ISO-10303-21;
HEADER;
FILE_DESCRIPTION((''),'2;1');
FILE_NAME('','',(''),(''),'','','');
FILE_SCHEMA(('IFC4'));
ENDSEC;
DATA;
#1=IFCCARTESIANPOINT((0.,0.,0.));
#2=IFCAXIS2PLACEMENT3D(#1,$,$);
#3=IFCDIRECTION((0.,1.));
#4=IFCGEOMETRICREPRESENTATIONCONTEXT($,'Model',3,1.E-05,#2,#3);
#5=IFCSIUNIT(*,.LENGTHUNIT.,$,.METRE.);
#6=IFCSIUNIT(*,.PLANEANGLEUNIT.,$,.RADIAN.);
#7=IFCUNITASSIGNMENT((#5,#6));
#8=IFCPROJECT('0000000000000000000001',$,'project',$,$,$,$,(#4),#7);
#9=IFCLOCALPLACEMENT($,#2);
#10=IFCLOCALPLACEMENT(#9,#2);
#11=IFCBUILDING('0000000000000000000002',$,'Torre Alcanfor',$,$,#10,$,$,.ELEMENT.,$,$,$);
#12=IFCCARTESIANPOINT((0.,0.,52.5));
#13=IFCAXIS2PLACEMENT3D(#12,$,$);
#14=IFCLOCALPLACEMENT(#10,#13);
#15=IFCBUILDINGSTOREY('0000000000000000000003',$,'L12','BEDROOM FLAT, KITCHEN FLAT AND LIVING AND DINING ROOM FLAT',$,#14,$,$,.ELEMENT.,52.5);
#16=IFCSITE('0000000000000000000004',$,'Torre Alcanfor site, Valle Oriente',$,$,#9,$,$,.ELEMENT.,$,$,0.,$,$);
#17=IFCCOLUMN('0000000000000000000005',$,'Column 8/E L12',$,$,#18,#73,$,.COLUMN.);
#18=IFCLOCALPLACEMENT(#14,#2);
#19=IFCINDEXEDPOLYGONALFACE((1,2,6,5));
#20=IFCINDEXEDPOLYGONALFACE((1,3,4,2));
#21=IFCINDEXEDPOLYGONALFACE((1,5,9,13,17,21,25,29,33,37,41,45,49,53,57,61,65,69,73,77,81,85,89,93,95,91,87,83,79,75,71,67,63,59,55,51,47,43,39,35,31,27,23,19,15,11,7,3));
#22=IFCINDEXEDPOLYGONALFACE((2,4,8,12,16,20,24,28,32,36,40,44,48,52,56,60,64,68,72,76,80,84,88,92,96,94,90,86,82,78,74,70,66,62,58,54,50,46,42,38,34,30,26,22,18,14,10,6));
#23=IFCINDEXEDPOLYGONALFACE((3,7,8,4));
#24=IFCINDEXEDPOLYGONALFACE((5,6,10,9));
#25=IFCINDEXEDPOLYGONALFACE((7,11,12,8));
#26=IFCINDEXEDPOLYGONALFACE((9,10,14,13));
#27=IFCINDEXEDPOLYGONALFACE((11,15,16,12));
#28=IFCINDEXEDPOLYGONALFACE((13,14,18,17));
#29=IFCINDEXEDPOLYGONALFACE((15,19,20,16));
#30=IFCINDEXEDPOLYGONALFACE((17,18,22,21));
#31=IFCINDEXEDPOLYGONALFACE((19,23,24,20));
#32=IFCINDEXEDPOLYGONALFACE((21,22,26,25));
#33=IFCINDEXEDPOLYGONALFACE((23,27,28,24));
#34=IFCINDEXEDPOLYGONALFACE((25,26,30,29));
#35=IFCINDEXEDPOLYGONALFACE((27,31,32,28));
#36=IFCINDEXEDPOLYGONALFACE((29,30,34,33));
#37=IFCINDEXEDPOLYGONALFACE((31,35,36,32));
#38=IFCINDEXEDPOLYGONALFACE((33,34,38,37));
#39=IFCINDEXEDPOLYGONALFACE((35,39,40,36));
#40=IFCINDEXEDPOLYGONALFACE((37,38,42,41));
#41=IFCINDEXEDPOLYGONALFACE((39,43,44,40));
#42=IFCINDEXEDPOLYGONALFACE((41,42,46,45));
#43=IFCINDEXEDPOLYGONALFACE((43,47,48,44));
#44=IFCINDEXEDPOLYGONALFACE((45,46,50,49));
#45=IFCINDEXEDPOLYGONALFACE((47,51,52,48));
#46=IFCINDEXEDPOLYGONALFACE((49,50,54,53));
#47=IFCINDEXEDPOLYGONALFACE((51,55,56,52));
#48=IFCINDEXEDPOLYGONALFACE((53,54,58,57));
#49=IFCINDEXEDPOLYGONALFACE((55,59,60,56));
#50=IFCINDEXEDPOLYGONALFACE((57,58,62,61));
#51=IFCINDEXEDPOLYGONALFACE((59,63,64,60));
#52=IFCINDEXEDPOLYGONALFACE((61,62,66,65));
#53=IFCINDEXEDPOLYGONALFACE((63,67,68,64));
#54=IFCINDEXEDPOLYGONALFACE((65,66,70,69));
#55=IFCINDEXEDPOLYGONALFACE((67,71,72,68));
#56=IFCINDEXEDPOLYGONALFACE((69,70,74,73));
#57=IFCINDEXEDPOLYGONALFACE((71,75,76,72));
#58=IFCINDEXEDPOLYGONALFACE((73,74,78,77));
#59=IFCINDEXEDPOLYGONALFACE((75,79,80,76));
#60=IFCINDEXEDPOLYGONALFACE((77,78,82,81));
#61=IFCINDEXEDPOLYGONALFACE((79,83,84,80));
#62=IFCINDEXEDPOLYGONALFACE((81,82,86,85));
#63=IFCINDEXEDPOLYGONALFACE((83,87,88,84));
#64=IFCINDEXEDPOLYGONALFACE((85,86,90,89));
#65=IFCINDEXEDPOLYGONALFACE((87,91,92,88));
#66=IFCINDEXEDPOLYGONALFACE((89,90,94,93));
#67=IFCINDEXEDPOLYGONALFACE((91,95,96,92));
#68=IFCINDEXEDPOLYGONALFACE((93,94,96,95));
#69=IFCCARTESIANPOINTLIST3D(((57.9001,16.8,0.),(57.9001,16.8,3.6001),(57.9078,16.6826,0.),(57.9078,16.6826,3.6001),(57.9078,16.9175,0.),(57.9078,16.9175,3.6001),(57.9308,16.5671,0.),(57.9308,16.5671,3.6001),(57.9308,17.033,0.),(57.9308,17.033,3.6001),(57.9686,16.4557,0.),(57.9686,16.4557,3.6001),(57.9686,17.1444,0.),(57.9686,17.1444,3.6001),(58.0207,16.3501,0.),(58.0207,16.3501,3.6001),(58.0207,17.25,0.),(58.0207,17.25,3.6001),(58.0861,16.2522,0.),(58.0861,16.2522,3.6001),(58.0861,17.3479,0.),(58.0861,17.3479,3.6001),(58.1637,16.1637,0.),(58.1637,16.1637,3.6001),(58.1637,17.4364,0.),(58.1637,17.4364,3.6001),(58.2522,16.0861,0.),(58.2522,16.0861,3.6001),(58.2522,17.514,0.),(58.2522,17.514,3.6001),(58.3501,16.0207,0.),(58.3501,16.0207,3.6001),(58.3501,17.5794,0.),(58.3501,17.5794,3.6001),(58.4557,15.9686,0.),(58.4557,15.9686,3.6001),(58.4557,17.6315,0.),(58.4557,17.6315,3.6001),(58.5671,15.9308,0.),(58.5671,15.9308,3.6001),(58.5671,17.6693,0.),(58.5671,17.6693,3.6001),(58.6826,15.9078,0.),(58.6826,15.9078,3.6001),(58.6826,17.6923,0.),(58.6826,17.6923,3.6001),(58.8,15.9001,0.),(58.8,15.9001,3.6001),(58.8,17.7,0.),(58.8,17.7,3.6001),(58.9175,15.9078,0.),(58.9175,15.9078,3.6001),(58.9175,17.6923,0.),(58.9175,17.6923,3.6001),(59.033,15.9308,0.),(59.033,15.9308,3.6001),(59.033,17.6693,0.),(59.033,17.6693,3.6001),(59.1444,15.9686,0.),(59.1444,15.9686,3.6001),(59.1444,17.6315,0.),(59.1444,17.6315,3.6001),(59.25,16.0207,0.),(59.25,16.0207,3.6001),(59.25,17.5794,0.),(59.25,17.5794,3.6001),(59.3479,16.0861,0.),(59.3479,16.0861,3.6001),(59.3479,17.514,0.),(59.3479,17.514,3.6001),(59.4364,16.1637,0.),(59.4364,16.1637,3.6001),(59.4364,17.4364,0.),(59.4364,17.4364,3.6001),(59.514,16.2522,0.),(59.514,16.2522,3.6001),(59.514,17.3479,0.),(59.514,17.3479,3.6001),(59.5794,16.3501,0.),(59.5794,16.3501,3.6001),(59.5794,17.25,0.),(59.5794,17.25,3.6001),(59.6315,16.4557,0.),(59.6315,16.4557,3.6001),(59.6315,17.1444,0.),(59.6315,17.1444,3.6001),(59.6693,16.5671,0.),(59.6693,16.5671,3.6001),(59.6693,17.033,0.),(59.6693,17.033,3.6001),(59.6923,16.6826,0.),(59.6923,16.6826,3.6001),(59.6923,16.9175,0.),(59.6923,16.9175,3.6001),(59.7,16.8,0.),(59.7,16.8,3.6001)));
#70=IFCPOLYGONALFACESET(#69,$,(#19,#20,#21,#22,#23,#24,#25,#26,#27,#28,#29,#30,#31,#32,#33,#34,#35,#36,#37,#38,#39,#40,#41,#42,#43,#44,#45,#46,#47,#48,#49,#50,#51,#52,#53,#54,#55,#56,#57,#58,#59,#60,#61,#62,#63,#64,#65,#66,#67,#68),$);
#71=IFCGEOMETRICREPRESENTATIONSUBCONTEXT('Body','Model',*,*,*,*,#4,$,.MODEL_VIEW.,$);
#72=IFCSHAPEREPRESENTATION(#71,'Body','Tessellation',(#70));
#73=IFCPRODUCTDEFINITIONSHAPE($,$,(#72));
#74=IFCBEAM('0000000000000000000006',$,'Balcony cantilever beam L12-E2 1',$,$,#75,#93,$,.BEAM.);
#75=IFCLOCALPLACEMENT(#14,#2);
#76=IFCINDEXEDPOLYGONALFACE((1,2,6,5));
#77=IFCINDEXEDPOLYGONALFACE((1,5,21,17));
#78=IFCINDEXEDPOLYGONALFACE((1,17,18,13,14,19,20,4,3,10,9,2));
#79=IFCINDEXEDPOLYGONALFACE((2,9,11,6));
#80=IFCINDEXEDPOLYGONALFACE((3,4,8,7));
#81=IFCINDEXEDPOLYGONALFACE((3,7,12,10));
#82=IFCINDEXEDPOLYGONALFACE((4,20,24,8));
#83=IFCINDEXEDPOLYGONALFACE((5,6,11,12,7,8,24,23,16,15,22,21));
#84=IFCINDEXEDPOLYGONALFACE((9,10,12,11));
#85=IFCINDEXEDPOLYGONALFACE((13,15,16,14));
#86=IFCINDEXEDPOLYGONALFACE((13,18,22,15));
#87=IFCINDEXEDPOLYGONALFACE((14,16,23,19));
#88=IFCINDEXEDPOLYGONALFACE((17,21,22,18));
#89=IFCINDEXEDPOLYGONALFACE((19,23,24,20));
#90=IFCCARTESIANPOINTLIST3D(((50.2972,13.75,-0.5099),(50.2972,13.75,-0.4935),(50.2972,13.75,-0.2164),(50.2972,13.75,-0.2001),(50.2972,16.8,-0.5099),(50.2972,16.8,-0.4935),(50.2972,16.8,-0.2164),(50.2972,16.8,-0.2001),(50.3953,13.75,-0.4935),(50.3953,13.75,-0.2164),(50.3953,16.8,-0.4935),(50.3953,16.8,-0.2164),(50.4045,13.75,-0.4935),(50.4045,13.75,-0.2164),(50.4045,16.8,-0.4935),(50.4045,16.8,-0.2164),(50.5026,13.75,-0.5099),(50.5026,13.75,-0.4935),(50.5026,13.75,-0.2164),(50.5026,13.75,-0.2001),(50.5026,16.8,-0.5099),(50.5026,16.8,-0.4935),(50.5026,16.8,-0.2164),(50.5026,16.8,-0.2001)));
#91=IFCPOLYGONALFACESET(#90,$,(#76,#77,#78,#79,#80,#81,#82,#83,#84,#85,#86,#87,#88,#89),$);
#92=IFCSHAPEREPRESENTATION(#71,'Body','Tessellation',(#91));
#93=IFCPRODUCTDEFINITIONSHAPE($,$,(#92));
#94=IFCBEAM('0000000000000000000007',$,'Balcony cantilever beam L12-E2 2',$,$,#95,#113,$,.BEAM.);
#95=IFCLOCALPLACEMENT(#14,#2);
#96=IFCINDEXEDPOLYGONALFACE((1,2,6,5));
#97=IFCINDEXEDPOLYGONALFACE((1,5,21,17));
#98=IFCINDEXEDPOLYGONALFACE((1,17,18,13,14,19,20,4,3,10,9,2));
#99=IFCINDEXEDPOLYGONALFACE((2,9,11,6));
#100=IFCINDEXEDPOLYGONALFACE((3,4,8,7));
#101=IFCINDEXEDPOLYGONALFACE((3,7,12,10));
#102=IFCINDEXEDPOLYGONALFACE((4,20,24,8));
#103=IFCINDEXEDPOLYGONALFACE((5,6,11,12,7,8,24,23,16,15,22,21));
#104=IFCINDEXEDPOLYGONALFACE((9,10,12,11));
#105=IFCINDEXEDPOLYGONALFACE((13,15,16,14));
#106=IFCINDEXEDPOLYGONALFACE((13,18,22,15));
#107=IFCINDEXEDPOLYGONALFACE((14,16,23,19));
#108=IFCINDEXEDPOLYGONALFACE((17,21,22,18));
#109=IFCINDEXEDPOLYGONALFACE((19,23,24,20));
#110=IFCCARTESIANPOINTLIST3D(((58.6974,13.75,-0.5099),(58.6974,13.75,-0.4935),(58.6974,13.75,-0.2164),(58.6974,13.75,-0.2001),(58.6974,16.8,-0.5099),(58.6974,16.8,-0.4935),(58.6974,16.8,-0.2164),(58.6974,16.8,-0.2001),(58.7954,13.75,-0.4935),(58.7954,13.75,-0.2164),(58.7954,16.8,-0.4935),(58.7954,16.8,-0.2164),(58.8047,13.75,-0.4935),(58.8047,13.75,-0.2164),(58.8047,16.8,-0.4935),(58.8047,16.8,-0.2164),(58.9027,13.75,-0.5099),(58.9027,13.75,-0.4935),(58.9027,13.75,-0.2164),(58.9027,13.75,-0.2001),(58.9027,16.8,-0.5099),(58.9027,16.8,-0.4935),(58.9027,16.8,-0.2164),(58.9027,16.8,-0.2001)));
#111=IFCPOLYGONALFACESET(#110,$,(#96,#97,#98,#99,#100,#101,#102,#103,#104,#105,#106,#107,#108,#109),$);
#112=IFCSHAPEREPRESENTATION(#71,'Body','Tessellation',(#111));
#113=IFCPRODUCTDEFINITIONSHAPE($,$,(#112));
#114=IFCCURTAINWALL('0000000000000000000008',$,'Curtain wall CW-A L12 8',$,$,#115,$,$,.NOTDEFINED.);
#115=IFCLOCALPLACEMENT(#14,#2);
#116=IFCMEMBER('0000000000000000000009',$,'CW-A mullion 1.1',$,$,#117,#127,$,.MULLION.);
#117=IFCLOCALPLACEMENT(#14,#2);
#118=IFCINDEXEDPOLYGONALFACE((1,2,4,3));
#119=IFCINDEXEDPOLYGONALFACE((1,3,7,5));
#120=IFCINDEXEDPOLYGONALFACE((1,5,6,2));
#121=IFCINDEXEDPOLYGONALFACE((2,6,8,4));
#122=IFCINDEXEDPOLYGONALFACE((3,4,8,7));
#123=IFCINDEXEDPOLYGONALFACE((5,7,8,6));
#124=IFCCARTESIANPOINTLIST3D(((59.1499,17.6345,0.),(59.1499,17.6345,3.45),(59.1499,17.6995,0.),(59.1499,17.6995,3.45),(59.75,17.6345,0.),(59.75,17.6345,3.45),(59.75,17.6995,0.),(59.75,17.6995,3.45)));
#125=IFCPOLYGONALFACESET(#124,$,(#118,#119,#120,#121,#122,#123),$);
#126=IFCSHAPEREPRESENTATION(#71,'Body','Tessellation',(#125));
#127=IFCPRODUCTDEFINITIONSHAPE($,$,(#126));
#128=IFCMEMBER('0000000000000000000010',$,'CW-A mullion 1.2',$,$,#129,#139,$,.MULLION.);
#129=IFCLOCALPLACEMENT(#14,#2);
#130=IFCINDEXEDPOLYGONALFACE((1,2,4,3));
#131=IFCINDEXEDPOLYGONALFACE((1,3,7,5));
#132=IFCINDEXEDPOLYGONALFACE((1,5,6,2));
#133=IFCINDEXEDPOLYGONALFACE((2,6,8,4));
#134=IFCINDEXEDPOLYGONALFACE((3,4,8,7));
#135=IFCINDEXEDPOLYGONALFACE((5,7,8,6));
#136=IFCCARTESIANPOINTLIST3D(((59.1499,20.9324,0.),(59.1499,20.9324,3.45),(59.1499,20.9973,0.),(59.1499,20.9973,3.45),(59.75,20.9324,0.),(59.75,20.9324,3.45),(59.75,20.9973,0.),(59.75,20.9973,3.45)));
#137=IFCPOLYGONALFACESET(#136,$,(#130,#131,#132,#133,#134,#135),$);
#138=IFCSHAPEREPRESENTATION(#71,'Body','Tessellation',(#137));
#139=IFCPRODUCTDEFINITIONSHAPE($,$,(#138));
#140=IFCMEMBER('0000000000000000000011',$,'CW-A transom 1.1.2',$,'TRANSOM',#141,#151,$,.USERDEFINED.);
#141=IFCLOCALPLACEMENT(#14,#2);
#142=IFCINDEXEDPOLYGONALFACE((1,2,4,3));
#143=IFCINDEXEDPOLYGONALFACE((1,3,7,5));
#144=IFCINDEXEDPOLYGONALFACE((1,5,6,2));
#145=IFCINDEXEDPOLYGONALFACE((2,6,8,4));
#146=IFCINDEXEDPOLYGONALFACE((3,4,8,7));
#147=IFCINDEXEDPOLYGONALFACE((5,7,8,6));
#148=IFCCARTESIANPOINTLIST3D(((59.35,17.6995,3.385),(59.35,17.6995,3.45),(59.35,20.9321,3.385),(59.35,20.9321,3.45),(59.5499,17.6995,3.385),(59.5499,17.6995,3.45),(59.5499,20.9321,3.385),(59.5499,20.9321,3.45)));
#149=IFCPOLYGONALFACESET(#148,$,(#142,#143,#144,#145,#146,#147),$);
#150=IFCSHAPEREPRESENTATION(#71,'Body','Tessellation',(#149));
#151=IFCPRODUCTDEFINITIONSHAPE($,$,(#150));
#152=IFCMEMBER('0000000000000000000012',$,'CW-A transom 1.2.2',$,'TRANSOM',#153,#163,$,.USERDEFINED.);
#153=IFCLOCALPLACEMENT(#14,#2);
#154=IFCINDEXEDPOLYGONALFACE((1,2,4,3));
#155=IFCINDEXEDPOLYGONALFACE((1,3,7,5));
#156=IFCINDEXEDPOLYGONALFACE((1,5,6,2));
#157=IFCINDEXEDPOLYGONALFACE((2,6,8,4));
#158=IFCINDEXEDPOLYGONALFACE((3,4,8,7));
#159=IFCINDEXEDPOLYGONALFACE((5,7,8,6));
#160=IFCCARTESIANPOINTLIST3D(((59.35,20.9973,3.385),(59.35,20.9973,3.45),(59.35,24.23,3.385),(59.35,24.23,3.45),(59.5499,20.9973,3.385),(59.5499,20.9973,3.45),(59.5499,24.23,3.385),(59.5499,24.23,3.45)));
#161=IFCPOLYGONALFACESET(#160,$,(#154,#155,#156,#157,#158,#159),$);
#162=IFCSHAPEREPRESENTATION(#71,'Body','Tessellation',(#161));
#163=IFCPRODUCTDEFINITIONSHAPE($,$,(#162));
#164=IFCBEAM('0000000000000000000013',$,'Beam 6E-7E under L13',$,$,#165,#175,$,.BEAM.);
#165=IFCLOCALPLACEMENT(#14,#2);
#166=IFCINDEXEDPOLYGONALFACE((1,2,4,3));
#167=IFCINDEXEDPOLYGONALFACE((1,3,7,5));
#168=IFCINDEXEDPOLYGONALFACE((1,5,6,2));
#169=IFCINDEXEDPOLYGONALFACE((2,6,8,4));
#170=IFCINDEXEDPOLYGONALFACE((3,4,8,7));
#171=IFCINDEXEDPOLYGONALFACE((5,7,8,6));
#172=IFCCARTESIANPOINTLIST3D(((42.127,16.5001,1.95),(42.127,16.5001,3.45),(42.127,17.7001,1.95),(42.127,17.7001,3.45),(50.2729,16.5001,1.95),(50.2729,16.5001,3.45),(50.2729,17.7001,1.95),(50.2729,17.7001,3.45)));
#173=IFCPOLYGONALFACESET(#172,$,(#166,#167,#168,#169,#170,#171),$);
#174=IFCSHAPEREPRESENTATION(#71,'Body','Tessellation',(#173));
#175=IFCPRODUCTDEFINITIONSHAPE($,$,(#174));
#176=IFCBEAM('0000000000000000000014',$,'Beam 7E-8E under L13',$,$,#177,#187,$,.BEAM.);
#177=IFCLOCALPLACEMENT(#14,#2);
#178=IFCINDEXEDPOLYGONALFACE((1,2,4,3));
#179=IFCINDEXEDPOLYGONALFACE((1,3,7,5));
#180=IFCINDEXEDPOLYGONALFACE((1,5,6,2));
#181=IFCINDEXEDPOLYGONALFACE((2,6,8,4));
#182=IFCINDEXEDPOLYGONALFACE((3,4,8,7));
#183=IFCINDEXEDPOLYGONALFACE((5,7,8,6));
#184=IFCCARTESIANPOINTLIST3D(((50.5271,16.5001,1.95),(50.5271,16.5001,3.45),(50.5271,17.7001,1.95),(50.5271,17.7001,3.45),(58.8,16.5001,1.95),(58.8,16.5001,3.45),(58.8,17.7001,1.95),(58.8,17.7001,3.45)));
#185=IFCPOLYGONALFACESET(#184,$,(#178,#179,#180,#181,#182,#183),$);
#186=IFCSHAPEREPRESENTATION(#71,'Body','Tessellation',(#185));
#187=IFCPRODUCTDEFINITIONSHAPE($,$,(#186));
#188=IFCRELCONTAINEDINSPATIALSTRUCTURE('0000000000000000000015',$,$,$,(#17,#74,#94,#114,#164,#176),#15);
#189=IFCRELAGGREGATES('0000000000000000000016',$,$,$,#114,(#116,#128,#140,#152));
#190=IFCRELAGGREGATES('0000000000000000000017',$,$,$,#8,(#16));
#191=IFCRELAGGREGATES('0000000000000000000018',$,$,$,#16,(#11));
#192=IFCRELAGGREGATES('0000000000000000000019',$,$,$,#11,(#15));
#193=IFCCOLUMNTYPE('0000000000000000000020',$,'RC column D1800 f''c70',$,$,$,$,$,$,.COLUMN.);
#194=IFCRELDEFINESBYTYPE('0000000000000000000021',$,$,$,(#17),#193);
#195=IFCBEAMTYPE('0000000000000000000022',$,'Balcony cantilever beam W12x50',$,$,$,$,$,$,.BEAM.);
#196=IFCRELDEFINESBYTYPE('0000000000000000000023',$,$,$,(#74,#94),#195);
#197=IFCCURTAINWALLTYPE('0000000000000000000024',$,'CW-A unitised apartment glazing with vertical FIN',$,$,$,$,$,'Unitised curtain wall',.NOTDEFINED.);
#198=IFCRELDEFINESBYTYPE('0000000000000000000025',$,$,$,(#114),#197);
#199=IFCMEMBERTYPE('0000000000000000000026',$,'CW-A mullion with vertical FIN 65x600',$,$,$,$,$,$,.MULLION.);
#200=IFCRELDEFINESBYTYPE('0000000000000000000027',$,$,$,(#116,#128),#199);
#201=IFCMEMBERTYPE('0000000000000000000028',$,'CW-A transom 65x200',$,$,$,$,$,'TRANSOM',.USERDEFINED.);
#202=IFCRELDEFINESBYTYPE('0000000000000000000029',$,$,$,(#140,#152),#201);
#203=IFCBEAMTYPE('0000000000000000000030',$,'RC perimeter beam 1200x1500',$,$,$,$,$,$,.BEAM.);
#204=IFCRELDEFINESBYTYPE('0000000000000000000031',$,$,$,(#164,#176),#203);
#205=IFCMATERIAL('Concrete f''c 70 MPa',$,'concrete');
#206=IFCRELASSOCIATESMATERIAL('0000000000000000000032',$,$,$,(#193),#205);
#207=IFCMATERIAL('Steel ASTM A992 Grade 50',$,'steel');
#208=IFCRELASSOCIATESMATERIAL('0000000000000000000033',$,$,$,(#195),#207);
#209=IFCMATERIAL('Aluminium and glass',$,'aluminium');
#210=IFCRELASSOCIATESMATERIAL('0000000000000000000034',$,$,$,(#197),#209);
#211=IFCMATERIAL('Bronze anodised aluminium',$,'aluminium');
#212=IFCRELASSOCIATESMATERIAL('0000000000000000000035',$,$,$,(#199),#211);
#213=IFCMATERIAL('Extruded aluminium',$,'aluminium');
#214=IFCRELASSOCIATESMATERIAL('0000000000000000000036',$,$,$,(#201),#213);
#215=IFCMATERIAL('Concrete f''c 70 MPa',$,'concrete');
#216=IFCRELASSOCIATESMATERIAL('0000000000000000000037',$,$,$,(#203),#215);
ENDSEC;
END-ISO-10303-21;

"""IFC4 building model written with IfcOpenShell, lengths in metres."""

from ifc_helpers import new_model, si_unit, direction, frame, origin, origin_2d, place, context, subcontext, project, spatial, rectangle, circle, i_section, extrude, material, material_profile, profile_set, type_object, element, aggregate, save


model = new_model("IFC4")

# Units and contexts
model_context = context("Model", 3, precision=1e-05, world=origin(), true_north=direction((0.0, 1.0)))
body_context = subcontext(model_context, "Body", "Model", "MODEL_VIEW")
ifc_project = project(units=[si_unit("LENGTHUNIT", "METRE"), si_unit("PLANEANGLEUNIT", "RADIAN")], contexts=[model_context])

# Site, building, storey
site_placement = place(None, origin())
site = spatial("IfcSite", under=ifc_project, at=site_placement, Name="Torre Alcanfor site, Valle Oriente", CompositionType="ELEMENT", RefElevation=0.0)
building_placement = place(site_placement, origin())
building = spatial("IfcBuilding", under=site, at=building_placement, Name="Torre Alcanfor", CompositionType="ELEMENT")
storey_placement = place(building_placement, frame((0.0, 0.0, 52.5)))
storey = spatial("IfcBuildingStorey", under=building, at=storey_placement, Name="L12", Description="BEDROOM FLAT, KITCHEN FLAT AND LIVING AND DINING ROOM FLAT", CompositionType="ELEMENT", Elevation=52.5)

# Column
ifc_material_1 = material(Name="Concrete f'c 70 MPa", Category="concrete")
ifc_material_profile_1 = material_profile(ifc_material_1, circle(Radius=0.8999, at=origin_2d()), Name="D1800")
ifc_profile_set_1 = profile_set([ifc_material_profile_1], Name="Concrete f'c 70 MPa")
column_type = type_object("IfcColumnType", Name="RC column D1800 f'c70", PredefinedType="COLUMN", material=ifc_profile_set_1)
column_placement = place(storey_placement, frame((58.8, 16.8, 0.0), z_axis=(0.0, 0.0, 1.0), x_axis=(1.0, 0.0, 0.0)))
element("IfcColumn", 1, at=column_placement, inside=storey, type_object=column_type, Name="Column 8/E L12", PredefinedType="COLUMN", context=body_context, shape_type="SweptSolid", body=[
    extrude(circle(Radius=0.8999, at=origin_2d()), origin(), (0.0, 0.0, 1.0), 3.6001),
])

# Beams
ifc_material_2 = material(Name="Steel ASTM A992 Grade 50", Category="steel")
ifc_material_profile_2 = material_profile(ifc_material_2, i_section(OverallWidth=0.2053, OverallDepth=0.3098, WebThickness=0.0093, FlangeThickness=0.0164, at=origin_2d()), Name="W12x50")
ifc_profile_set_2 = profile_set([ifc_material_profile_2], Name="Steel ASTM A992 Grade 50")
beam_type_1 = type_object("IfcBeamType", Name="Balcony cantilever beam W12x50", PredefinedType="BEAM", material=ifc_profile_set_2)
for number, where, z_axis, x_axis, name in (
    (2, (50.3999, 16.8, -0.355), (0.0, -1.0, 0.0), (1.0, 0.0, 0.0), "Balcony cantilever beam L12-E2 1"),
    (3, (58.8, 16.8, -0.355), (0.0, -1.0, 0.0), (1.0, 0.0, 0.0), "Balcony cantilever beam L12-E2 2"),
):
    element("IfcBeam", number, at=place(storey_placement, frame(where, z_axis=z_axis, x_axis=x_axis)), inside=storey, type_object=beam_type_1, Name=name, PredefinedType="BEAM", context=body_context, shape_type="SweptSolid", body=[
        extrude(i_section(OverallWidth=0.2053, OverallDepth=0.3098, WebThickness=0.0093, FlangeThickness=0.0164, at=origin_2d()), origin(), (0.0, 0.0, 1.0), 3.05),
    ])

# Curtain wall, members
ifc_material_3 = material(Name="Aluminium and glass", Category="aluminium")
curtain_wall_type = type_object("IfcCurtainWallType", Name="CW-A unitised apartment glazing with vertical FIN", ElementType="Unitised curtain wall", PredefinedType="NOTDEFINED", material=ifc_material_3)
curtain_wall_placement = place(storey_placement, origin())
curtain_wall = element("IfcCurtainWall", 4, at=curtain_wall_placement, inside=storey, type_object=curtain_wall_type, Name="Curtain wall CW-A L12 8", PredefinedType="NOTDEFINED")
ifc_material_4 = material(Name="Bronze anodised aluminium", Category="aluminium")
ifc_material_profile_3 = material_profile(ifc_material_4, rectangle(XDim=0.6001, YDim=0.0649, at=origin_2d()), Name="CW-A mullion 65x600")
ifc_profile_set_3 = profile_set([ifc_material_profile_3], Name="Bronze anodised aluminium")
member_type_1 = type_object("IfcMemberType", Name="CW-A mullion with vertical FIN 65x600", PredefinedType="MULLION", material=ifc_profile_set_3)
member_1_placement = place(storey_placement, frame((59.45, 17.667, 0.0), z_axis=(0.0, 0.0, 1.0), x_axis=(-1.0, 0.0, 0.0)))
member_1 = element("IfcMember", 5, at=member_1_placement, type_object=member_type_1, Name="CW-A mullion 1.1", PredefinedType="MULLION", context=body_context, shape_type="SweptSolid", body=[
    extrude(rectangle(XDim=0.6001, YDim=0.0649, at=origin_2d()), origin(), (0.0, 0.0, 1.0), 3.45),
])
member_2_placement = place(storey_placement, frame((59.45, 20.9648, 0.0), z_axis=(0.0, 0.0, 1.0), x_axis=(-1.0, 0.0, 0.0)))
member_2 = element("IfcMember", 6, at=member_2_placement, type_object=member_type_1, Name="CW-A mullion 1.2", PredefinedType="MULLION", context=body_context, shape_type="SweptSolid", body=[
    extrude(rectangle(XDim=0.6001, YDim=0.0649, at=origin_2d()), origin(), (0.0, 0.0, 1.0), 3.45),
])
ifc_material_5 = material(Name="Extruded aluminium", Category="aluminium")
ifc_material_profile_4 = material_profile(ifc_material_5, rectangle(XDim=0.2, YDim=0.0649, at=origin_2d()), Name="CW-A transom 200x65")
ifc_profile_set_4 = profile_set([ifc_material_profile_4], Name="Extruded aluminium")
member_type_2 = type_object("IfcMemberType", Name="CW-A transom 65x200", ElementType="TRANSOM", PredefinedType="USERDEFINED", material=ifc_profile_set_4)
member_3_placement = place(storey_placement, frame((59.45, 17.6995, 3.4175), z_axis=(0.0, 1.0, 0.0), x_axis=(-1.0, 0.0, 0.0)))
member_3 = element("IfcMember", 7, at=member_3_placement, type_object=member_type_2, Name="CW-A transom 1.1.2", ObjectType="TRANSOM", PredefinedType="USERDEFINED", context=body_context, shape_type="SweptSolid", body=[
    extrude(rectangle(XDim=0.2, YDim=0.0649, at=origin_2d()), origin(), (0.0, 0.0, 1.0), 3.2327),
])
member_4_placement = place(storey_placement, frame((59.45, 20.9973, 3.4175), z_axis=(0.0, 1.0, 0.0), x_axis=(-1.0, 0.0, 0.0)))
member_4 = element("IfcMember", 8, at=member_4_placement, type_object=member_type_2, Name="CW-A transom 1.2.2", ObjectType="TRANSOM", PredefinedType="USERDEFINED", context=body_context, shape_type="SweptSolid", body=[
    extrude(rectangle(XDim=0.2, YDim=0.0649, at=origin_2d()), origin(), (0.0, 0.0, 1.0), 3.2327),
])

# Beams
ifc_material_6 = material(Name="Concrete f'c 70 MPa", Category="concrete")
ifc_material_profile_5 = material_profile(ifc_material_6, rectangle(XDim=1.2, YDim=1.5, at=origin_2d()), Name="1200x1500")
ifc_profile_set_5 = profile_set([ifc_material_profile_5], Name="Concrete f'c 70 MPa")
beam_type_2 = type_object("IfcBeamType", Name="RC perimeter beam 1200x1500", PredefinedType="BEAM", material=ifc_profile_set_5)
beam_placement = place(storey_placement, frame((42.127, 17.1001, 2.7), z_axis=(1.0, 0.0, 0.0), x_axis=(0.0, 1.0, 0.0)))
element("IfcBeam", 9, at=beam_placement, inside=storey, type_object=beam_type_2, Name="Beam 6E-7E under L13", PredefinedType="BEAM", context=body_context, shape_type="SweptSolid", body=[
    extrude(rectangle(XDim=1.2, YDim=1.5, at=origin_2d()), origin(), (0.0, 0.0, 1.0), 8.146),
])
for number, where, z_axis, x_axis, name in (
    (10, (50.5271, 17.1001, 2.7), (1.0, 0.0, 0.0), (0.0, 1.0, 0.0), "Beam 7E-8E under L13"),
):
    element("IfcBeam", number, at=place(storey_placement, frame(where, z_axis=z_axis, x_axis=x_axis)), inside=storey, type_object=beam_type_2, Name=name, PredefinedType="BEAM", context=body_context, shape_type="SweptSolid", body=[
        extrude(rectangle(XDim=1.2, YDim=1.5, at=origin_2d()), origin(), (0.0, 0.0, 1.0), 8.2729),
    ])

aggregate(curtain_wall, [member_1, member_2, member_3, member_4])

save(model, "model.ifc")
